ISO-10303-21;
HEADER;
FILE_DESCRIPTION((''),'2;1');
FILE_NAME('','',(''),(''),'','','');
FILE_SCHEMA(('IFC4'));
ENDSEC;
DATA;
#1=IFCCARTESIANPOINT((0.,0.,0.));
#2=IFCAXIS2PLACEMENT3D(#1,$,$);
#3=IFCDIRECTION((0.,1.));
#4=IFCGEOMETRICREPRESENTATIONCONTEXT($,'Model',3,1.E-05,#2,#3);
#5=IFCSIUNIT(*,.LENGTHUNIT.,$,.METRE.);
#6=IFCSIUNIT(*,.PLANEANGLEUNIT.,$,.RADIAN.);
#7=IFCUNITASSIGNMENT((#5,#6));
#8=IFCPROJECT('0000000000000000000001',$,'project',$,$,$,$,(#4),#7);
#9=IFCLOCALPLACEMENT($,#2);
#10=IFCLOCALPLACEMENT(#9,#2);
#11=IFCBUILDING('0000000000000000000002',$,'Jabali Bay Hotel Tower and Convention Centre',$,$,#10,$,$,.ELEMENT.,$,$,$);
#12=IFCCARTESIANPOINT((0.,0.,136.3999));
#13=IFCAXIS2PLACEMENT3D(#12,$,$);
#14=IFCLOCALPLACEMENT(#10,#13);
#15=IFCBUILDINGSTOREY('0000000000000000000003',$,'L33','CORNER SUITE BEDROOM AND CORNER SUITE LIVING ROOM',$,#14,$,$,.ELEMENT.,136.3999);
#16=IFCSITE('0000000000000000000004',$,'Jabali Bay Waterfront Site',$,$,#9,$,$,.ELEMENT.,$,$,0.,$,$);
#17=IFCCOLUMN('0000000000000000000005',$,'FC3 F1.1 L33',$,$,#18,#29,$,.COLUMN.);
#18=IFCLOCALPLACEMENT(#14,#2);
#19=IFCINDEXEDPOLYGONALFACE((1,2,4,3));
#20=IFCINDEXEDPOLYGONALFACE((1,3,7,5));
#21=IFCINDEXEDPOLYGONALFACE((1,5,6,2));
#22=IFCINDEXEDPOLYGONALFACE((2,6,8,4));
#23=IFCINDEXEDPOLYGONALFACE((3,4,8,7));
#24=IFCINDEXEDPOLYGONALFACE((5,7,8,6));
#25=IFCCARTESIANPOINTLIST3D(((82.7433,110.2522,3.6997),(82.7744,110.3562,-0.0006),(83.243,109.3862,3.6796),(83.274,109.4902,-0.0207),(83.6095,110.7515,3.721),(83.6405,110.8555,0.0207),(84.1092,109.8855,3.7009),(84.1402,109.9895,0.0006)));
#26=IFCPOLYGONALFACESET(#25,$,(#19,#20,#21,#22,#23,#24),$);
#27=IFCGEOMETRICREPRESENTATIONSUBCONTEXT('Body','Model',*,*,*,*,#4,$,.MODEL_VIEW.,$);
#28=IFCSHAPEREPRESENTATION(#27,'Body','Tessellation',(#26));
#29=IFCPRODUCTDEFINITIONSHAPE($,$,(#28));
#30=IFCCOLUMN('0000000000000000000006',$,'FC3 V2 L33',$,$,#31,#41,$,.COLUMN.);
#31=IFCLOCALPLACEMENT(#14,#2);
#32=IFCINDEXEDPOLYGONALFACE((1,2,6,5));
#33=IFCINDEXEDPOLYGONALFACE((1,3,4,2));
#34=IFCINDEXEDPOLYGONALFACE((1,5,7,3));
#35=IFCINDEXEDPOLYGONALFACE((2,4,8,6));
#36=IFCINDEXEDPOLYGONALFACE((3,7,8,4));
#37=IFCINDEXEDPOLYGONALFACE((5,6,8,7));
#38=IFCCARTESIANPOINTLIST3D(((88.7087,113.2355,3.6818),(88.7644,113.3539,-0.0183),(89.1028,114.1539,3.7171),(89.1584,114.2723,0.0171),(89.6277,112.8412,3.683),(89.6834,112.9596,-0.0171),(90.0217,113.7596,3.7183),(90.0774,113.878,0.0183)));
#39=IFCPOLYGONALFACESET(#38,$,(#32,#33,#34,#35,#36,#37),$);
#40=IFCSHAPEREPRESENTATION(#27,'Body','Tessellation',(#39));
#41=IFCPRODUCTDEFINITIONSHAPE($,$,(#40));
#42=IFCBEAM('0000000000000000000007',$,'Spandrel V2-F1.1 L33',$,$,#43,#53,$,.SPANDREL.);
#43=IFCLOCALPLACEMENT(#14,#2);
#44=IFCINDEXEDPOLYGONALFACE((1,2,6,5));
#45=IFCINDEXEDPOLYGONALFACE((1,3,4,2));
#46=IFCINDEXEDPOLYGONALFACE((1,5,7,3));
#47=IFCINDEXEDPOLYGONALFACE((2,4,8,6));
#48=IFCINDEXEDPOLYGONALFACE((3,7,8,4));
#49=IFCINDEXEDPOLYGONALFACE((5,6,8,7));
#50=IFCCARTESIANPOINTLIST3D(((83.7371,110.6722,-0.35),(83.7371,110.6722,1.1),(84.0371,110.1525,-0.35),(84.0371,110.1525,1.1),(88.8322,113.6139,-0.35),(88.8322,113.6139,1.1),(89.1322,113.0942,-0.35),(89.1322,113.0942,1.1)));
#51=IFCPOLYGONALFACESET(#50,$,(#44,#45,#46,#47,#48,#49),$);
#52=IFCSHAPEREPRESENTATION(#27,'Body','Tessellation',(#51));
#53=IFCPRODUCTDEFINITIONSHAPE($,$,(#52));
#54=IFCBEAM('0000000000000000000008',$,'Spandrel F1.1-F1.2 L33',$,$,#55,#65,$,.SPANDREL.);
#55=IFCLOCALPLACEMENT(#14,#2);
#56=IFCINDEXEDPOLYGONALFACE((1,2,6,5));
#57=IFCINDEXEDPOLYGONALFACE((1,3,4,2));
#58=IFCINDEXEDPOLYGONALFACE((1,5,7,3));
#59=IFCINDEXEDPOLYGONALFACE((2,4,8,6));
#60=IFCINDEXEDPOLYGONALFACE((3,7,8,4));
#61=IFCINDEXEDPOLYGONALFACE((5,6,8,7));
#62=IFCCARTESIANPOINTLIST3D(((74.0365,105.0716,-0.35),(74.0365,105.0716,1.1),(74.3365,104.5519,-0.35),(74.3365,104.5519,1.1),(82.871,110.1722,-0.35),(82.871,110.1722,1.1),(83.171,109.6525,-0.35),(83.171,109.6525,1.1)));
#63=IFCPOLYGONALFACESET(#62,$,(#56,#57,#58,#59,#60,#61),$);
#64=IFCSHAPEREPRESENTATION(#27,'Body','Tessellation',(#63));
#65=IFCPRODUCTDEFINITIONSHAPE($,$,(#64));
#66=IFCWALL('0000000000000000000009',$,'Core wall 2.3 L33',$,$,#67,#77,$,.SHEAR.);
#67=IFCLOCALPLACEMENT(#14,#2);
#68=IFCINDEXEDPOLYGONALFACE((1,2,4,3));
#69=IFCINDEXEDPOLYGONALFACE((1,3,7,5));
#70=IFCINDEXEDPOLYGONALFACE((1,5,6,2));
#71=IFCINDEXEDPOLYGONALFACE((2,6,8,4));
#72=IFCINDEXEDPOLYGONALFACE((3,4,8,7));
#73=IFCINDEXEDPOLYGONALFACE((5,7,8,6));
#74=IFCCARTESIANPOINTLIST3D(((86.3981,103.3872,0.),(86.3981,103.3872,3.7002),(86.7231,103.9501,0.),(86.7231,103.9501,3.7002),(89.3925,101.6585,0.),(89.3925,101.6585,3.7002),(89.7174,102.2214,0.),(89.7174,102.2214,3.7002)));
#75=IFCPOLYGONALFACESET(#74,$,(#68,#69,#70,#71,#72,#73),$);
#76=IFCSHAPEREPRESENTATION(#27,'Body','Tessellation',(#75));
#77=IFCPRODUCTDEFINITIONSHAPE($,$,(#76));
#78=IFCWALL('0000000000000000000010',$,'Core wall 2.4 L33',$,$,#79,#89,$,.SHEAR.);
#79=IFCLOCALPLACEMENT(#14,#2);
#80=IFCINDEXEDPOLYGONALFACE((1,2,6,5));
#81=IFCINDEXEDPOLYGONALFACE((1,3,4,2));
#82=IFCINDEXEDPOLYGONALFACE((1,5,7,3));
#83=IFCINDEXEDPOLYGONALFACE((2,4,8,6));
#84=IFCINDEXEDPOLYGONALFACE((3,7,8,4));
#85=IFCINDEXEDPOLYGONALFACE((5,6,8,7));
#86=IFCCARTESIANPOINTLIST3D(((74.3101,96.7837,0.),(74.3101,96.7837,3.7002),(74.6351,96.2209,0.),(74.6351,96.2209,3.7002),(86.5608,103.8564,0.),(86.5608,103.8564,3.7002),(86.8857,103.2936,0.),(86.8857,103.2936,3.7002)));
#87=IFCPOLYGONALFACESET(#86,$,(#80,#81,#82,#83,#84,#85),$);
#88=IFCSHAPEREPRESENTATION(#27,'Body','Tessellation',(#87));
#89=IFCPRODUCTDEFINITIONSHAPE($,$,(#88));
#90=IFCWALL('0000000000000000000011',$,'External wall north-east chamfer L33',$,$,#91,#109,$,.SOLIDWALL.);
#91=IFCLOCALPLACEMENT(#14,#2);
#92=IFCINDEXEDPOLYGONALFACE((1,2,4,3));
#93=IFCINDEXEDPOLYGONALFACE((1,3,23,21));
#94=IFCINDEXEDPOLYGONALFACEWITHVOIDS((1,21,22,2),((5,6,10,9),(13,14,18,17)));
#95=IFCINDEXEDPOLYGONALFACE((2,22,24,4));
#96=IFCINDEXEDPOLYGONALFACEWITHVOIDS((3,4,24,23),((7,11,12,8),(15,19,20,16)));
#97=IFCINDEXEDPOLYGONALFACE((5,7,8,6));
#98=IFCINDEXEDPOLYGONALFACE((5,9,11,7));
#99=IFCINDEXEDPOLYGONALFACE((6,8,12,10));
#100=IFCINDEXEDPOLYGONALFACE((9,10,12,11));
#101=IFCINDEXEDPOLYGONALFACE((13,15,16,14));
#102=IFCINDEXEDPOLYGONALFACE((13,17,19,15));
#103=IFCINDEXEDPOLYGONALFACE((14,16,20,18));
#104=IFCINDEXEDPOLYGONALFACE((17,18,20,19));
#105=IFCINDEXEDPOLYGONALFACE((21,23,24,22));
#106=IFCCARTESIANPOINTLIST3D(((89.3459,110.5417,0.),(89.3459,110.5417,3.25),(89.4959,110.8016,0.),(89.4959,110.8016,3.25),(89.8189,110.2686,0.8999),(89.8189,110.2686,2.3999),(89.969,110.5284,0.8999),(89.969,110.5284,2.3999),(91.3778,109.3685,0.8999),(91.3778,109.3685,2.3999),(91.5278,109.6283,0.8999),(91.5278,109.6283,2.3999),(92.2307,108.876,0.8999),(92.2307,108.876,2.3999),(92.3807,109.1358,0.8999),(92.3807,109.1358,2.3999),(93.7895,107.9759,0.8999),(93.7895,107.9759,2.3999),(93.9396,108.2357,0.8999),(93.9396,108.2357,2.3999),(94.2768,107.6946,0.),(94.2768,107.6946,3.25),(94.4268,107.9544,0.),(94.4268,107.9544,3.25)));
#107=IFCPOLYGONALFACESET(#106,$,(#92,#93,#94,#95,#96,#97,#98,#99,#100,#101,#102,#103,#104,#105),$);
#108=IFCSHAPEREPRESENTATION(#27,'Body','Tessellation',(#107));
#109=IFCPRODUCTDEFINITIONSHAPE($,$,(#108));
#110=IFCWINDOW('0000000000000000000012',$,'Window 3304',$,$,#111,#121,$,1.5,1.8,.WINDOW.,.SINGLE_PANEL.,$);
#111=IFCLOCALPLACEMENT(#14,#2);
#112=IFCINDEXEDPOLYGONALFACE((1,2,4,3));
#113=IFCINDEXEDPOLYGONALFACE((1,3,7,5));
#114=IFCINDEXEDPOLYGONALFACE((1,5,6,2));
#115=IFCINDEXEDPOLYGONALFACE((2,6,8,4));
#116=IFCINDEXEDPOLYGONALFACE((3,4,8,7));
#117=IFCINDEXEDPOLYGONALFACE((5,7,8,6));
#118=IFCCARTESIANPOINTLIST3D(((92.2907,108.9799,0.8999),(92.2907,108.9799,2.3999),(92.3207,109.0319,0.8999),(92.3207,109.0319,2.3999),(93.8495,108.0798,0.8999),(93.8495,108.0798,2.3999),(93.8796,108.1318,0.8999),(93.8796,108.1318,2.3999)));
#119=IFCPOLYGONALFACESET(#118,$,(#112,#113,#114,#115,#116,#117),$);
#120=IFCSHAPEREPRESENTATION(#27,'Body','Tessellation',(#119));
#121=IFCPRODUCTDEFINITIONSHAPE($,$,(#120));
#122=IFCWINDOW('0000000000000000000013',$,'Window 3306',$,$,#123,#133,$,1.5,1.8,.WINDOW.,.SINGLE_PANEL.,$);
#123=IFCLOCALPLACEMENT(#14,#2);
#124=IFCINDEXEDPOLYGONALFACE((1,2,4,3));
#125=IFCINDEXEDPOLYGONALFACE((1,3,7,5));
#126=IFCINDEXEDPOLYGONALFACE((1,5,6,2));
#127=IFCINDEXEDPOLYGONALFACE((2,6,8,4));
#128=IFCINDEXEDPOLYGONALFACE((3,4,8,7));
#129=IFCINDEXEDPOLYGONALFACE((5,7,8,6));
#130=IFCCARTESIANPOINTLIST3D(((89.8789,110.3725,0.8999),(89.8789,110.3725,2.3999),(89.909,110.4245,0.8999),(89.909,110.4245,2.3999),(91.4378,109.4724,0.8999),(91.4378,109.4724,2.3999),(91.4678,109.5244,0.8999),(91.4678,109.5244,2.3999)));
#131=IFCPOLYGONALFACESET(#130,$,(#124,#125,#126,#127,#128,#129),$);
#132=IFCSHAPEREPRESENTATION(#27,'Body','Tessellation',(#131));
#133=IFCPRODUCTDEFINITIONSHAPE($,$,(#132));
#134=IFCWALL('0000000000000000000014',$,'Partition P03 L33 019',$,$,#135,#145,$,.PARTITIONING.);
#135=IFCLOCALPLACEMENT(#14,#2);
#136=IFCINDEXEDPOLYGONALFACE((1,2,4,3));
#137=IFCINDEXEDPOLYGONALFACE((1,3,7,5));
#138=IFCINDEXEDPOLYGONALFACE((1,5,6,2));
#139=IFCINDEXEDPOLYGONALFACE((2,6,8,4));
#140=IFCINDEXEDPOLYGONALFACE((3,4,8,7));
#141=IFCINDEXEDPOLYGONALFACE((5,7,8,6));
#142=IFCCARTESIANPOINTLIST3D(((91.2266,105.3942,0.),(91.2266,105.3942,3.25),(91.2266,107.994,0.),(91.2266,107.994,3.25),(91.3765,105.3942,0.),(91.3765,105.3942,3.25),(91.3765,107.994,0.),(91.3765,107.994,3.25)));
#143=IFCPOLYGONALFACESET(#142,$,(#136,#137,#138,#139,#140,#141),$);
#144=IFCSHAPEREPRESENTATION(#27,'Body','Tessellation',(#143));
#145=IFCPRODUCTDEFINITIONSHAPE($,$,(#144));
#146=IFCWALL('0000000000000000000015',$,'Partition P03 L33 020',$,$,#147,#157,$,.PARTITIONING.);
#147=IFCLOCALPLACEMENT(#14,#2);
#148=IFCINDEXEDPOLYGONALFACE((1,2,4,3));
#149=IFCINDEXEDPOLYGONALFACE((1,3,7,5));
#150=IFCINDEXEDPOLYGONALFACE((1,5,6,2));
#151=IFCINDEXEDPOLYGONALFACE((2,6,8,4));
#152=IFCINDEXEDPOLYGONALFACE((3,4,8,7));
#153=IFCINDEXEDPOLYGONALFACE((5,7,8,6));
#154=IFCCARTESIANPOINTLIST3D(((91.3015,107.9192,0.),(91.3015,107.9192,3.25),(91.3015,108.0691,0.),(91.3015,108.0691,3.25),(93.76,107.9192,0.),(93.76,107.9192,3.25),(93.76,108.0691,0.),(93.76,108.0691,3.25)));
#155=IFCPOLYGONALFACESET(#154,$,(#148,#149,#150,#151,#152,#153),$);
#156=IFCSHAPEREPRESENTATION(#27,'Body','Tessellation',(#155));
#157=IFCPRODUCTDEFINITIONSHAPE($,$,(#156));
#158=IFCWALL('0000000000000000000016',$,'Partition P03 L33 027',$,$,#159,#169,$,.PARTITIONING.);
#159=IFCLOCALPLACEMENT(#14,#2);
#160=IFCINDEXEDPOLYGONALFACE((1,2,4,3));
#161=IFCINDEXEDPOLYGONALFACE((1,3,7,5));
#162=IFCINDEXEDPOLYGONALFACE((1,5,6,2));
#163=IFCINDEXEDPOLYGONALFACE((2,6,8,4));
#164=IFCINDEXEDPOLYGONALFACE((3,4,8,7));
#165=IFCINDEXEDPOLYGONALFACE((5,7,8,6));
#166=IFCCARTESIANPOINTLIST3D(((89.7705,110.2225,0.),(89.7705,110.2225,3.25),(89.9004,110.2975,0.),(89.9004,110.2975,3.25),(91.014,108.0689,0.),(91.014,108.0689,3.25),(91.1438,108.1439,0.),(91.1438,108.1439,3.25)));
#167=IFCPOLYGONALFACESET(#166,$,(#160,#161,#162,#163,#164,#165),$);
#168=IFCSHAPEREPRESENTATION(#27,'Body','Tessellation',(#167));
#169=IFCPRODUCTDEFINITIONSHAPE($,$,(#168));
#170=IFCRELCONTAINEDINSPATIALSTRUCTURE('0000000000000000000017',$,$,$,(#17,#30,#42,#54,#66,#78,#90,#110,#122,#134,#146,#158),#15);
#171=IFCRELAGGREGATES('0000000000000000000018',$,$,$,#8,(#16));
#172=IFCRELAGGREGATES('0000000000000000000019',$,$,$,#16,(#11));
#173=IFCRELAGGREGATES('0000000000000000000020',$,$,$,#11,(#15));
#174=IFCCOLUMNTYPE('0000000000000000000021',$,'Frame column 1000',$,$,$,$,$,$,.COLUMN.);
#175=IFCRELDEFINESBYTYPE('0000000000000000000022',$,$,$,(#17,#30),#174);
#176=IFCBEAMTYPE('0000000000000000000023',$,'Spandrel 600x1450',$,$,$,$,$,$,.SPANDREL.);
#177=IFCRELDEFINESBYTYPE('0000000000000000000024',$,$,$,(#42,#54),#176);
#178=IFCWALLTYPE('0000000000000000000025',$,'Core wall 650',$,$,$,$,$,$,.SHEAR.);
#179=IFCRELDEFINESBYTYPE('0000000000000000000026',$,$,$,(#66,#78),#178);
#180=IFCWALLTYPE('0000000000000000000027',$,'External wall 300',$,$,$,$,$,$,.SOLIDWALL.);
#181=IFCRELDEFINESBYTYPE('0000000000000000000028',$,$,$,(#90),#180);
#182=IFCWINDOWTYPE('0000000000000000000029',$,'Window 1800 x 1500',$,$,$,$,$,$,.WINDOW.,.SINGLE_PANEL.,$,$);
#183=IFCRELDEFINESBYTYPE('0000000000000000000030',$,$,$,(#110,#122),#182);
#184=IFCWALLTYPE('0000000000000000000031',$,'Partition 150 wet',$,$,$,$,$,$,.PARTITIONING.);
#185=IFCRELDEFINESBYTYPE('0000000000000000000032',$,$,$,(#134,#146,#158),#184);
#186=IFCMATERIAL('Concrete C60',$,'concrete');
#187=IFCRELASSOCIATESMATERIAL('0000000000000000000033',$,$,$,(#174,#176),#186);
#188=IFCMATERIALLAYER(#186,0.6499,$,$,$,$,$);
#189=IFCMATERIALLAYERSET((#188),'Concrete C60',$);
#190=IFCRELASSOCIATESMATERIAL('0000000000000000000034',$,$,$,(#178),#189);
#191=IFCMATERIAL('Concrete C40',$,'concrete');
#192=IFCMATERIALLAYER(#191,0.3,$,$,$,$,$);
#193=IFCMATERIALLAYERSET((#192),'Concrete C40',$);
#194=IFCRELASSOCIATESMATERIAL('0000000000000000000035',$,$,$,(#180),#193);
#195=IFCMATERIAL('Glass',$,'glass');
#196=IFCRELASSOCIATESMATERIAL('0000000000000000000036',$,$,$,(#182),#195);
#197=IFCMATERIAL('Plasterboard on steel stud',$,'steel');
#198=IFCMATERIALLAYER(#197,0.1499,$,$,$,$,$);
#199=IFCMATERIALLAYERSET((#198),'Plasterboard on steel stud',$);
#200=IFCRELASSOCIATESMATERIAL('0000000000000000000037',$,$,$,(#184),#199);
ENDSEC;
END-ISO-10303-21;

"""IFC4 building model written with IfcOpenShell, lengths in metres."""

from ifc_helpers import new_model, si_unit, direction, frame, frame_2d, origin, origin_2d, place, context, subcontext, project, spatial, rectangle, extrude, material, layer, layer_set, material_profile, profile_set, type_object, element, fill, save


model = new_model("IFC4")

# Units and contexts
model_context = context("Model", 3, precision=1e-05, world=origin(), true_north=direction((0.0, 1.0)))
body_context = subcontext(model_context, "Body", "Model", "MODEL_VIEW")
ifc_project = project(units=[si_unit("LENGTHUNIT", "METRE"), si_unit("PLANEANGLEUNIT", "RADIAN")], contexts=[model_context])

# Site, building, storey
site_placement = place(None, origin())
site = spatial("IfcSite", under=ifc_project, at=site_placement, Name="Jabali Bay Waterfront Site", CompositionType="ELEMENT", RefElevation=0.0)
building_placement = place(site_placement, origin())
building = spatial("IfcBuilding", under=site, at=building_placement, Name="Jabali Bay Hotel Tower and Convention Centre", CompositionType="ELEMENT")
storey_placement = place(building_placement, frame((0.0, 0.0, 136.3999)))
storey = spatial("IfcBuildingStorey", under=building, at=storey_placement, Name="L33", Description="CORNER SUITE BEDROOM AND CORNER SUITE LIVING ROOM", CompositionType="ELEMENT", Elevation=136.3999)

# Columns
ifc_material_1 = material(Name="Concrete C60", Category="concrete")
ifc_material_profile_1 = material_profile(ifc_material_1, rectangle(XDim=1.0, YDim=1.0, at=origin_2d()), Name="Frame column 1000")
ifc_profile_set_1 = profile_set([ifc_material_profile_1], Name="Concrete C60")
column_type = type_object("IfcColumnType", Name="Frame column 1000", PredefinedType="COLUMN", material=ifc_profile_set_1)
column_1_placement = place(storey_placement, frame((83.4573, 110.1729, 0.0), z_axis=(-0.008376, -0.028096, 0.99957), x_axis=(0.866174, 0.499288, 0.021292)))
element("IfcColumn", 1, at=column_1_placement, inside=storey, type_object=column_type, Name="FC3 F1.1 L33", PredefinedType="COLUMN", context=body_context, shape_type="SweptSolid", body=[
    extrude(rectangle(XDim=1.0, YDim=1.0, at=origin_2d()), origin(), (0.0, 0.0, 1.0), 3.7019),
])
column_2_placement = place(storey_placement, frame((89.4209, 113.616, 0.0), z_axis=(-0.015034, -0.031981, 0.999375), x_axis=(0.918967, -0.394333, 0.001206)))
element("IfcColumn", 2, at=column_2_placement, inside=storey, type_object=column_type, Name="FC3 V2 L33", PredefinedType="COLUMN", context=body_context, shape_type="SweptSolid", body=[
    extrude(rectangle(XDim=1.0, YDim=1.0, at=origin_2d()), origin(), (0.0, 0.0, 1.0), 3.7024),
])

# Beams
ifc_material_profile_2 = material_profile(ifc_material_1, rectangle(XDim=0.6001, YDim=1.45, at=origin_2d()), Name="Spandrel 600x1450")
ifc_profile_set_2 = profile_set([ifc_material_profile_2], Name="Concrete C60")
beam_type = type_object("IfcBeamType", Name="Spandrel 600x1450", PredefinedType="SPANDREL", material=ifc_profile_set_2)
beam_1_placement = place(storey_placement, frame((88.9822, 113.354, 0.375), z_axis=(-0.86602, -0.500009, 0.0), x_axis=(0.500009, -0.86602, 0.0)))
element("IfcBeam", 3, at=beam_1_placement, inside=storey, type_object=beam_type, Name="Spandrel V2-F1.1 L33", PredefinedType="SPANDREL", context=body_context, shape_type="SweptSolid", body=[
    extrude(rectangle(XDim=0.6001, YDim=1.45, at=origin_2d()), origin(), (0.0, 0.0, 1.0), 5.8833),
])
beam_2_placement = place(storey_placement, frame((83.021, 109.9124, 0.375), z_axis=(-0.866025, -0.5, 0.0), x_axis=(0.5, -0.866025, 0.0)))
element("IfcBeam", 4, at=beam_2_placement, inside=storey, type_object=beam_type, Name="Spandrel F1.1-F1.2 L33", PredefinedType="SPANDREL", context=body_context, shape_type="SweptSolid", body=[
    extrude(rectangle(XDim=0.6001, YDim=1.45, at=origin_2d()), origin(), (0.0, 0.0, 1.0), 10.2012),
])

# Walls
ifc_layer_1 = layer(ifc_material_1, 0.6499)
ifc_layer_set_1 = layer_set([ifc_layer_1], Name="Concrete C60")
wall_type_1 = type_object("IfcWallType", Name="Core wall 650", PredefinedType="SHEAR", material=ifc_layer_set_1)
wall_1_placement = place(storey_placement, frame((89.5549, 101.9399, 0.0), z_axis=(0.0, 0.0, 1.0), x_axis=(-0.866032, 0.499989, 0.0)))
element("IfcWall", 5, at=wall_1_placement, inside=storey, type_object=wall_type_1, Name="Core wall 2.3 L33", PredefinedType="SHEAR", context=body_context, shape_type="SweptSolid", body=[
    extrude(rectangle(XDim=3.4575, YDim=0.6499, at=frame_2d((1.7288, 0.0))), origin(), (0.0, 0.0, 1.0), 3.7002),
])
wall_2_placement = place(storey_placement, frame((86.7231, 103.575, 0.0), z_axis=(0.0, 0.0, 1.0), x_axis=(-0.866032, -0.499989, 0.0)))
element("IfcWall", 6, at=wall_2_placement, inside=storey, type_object=wall_type_1, Name="Core wall 2.4 L33", PredefinedType="SHEAR", context=body_context, shape_type="SweptSolid", body=[
    extrude(rectangle(XDim=14.1458, YDim=0.6499, at=frame_2d((7.0728, 0.0))), origin(), (0.0, 0.0, 1.0), 3.7002),
])

# Wall, openings, windows
ifc_material_2 = material(Name="Concrete C40", Category="concrete")
ifc_layer_2 = layer(ifc_material_2, 0.3)
ifc_layer_set_2 = layer_set([ifc_layer_2], Name="Concrete C40")
wall_type_2 = type_object("IfcWallType", Name="External wall 300", PredefinedType="SOLIDWALL", material=ifc_layer_set_2)
wall_3_placement = place(storey_placement, frame((89.4209, 110.6716, 0.0), z_axis=(0.0, 0.0, 1.0), x_axis=(0.866002, -0.50004, 0.0)))
wall_3 = element("IfcWall", 7, at=wall_3_placement, inside=storey, type_object=wall_type_2, Name="External wall north-east chamfer L33", PredefinedType="SOLIDWALL", context=body_context, shape_type="SweptSolid", body=[
    extrude(rectangle(XDim=5.6938, YDim=0.3, at=frame_2d((2.8469, 0.0))), origin(), (0.0, 0.0, 1.0), 3.25),
])
opening_1_placement = place(wall_3_placement, frame((3.3313, 0.0, 0.8999)))
opening_1 = element("IfcOpeningElement", 8, at=opening_1_placement, cuts=wall_3, PredefinedType="OPENING", context=body_context, shape_type="SweptSolid", body=[
    extrude(rectangle(XDim=1.8, YDim=1.5, at=frame_2d((0.8999, 0.75))), frame((0.0, 0.1606, 0.0), z_axis=(0.0, -1.0, 0.0), x_axis=(1.0, 0.0, 0.0)), (0.0, 0.0, 1.0), 0.321),
])
opening_2_placement = place(wall_3_placement, frame((0.5464, 0.0, 0.8999)))
opening_2 = element("IfcOpeningElement", 9, at=opening_2_placement, cuts=wall_3, PredefinedType="OPENING", context=body_context, shape_type="SweptSolid", body=[
    extrude(rectangle(XDim=1.8, YDim=1.5, at=frame_2d((0.8999, 0.75))), frame((0.0, 0.1606, 0.0), z_axis=(0.0, -1.0, 0.0), x_axis=(1.0, 0.0, 0.0)), (0.0, 0.0, 1.0), 0.321),
])
ifc_material_3 = material(Name="Glass", Category="glass")
window_type = type_object("IfcWindowType", Name="Window 1800 x 1500", PartitioningType="SINGLE_PANEL", PredefinedType="WINDOW", material=ifc_material_3)
window_1_placement = place(opening_1_placement, origin())
window_1 = element("IfcWindow", 10, at=window_1_placement, inside=storey, type_object=window_type, Name="Window 3304", OverallHeight=1.5, OverallWidth=1.8, PartitioningType="SINGLE_PANEL", PredefinedType="WINDOW", context=body_context, shape_type="SweptSolid", body=[
    extrude(rectangle(XDim=1.8, YDim=1.5, at=frame_2d((0.8999, 0.75))), frame((0.0, 0.03, 0.0), z_axis=(0.0, -1.0, 0.0), x_axis=(1.0, 0.0, 0.0)), (0.0, 0.0, 1.0), 0.0601),
])
fill(opening_1, window_1)
window_2_placement = place(opening_2_placement, origin())
window_2 = element("IfcWindow", 11, at=window_2_placement, inside=storey, type_object=window_type, Name="Window 3306", OverallHeight=1.5, OverallWidth=1.8, PartitioningType="SINGLE_PANEL", PredefinedType="WINDOW", context=body_context, shape_type="SweptSolid", body=[
    extrude(rectangle(XDim=1.8, YDim=1.5, at=frame_2d((0.8999, 0.75))), frame((0.0, 0.03, 0.0), z_axis=(0.0, -1.0, 0.0), x_axis=(1.0, 0.0, 0.0)), (0.0, 0.0, 1.0), 0.0601),
])
fill(opening_2, window_2)

# Walls
ifc_material_4 = material(Name="Plasterboard on steel stud", Category="steel")
ifc_layer_3 = layer(ifc_material_4, 0.1499)
ifc_layer_set_3 = layer_set([ifc_layer_3], Name="Plasterboard on steel stud")
wall_type_3 = type_object("IfcWallType", Name="Partition 150 wet", PredefinedType="PARTITIONING", material=ifc_layer_set_3)
wall_4_placement = place(storey_placement, frame((91.3015, 105.3943, 0.0), z_axis=(0.0, 0.0, 1.0), x_axis=(0.0, 1.0, 0.0)))
element("IfcWall", 12, at=wall_4_placement, inside=storey, type_object=wall_type_3, Name="Partition P03 L33 019", PredefinedType="PARTITIONING", context=body_context, shape_type="SweptSolid", body=[
    extrude(rectangle(XDim=2.5999, YDim=0.1499, at=frame_2d((1.2998, 0.0))), origin(), (0.0, 0.0, 1.0), 3.25),
])
wall_5_placement = place(storey_placement, frame((91.3015, 107.9941, 0.0), z_axis=(0.0, 0.0, 1.0), x_axis=(1.0, 0.0, 0.0)))
element("IfcWall", 13, at=wall_5_placement, inside=storey, type_object=wall_type_3, Name="Partition P03 L33 020", PredefinedType="PARTITIONING", context=body_context, shape_type="SweptSolid", body=[
    extrude(rectangle(XDim=2.4585, YDim=0.1499, at=frame_2d((1.2292, 0.0))), origin(), (0.0, 0.0, 1.0), 3.25),
])
wall_6_placement = place(storey_placement, frame((89.8354, 110.26, 0.0), z_axis=(0.0, 0.0, 1.0), x_axis=(0.500014, -0.866017, 0.0)))
element("IfcWall", 14, at=wall_6_placement, inside=storey, type_object=wall_type_3, Name="Partition P03 L33 027", PredefinedType="PARTITIONING", context=body_context, shape_type="SweptSolid", body=[
    extrude(rectangle(XDim=2.4868, YDim=0.1499, at=frame_2d((1.2434, 0.0))), origin(), (0.0, 0.0, 1.0), 3.25),
])

save(model, "model.ifc")
